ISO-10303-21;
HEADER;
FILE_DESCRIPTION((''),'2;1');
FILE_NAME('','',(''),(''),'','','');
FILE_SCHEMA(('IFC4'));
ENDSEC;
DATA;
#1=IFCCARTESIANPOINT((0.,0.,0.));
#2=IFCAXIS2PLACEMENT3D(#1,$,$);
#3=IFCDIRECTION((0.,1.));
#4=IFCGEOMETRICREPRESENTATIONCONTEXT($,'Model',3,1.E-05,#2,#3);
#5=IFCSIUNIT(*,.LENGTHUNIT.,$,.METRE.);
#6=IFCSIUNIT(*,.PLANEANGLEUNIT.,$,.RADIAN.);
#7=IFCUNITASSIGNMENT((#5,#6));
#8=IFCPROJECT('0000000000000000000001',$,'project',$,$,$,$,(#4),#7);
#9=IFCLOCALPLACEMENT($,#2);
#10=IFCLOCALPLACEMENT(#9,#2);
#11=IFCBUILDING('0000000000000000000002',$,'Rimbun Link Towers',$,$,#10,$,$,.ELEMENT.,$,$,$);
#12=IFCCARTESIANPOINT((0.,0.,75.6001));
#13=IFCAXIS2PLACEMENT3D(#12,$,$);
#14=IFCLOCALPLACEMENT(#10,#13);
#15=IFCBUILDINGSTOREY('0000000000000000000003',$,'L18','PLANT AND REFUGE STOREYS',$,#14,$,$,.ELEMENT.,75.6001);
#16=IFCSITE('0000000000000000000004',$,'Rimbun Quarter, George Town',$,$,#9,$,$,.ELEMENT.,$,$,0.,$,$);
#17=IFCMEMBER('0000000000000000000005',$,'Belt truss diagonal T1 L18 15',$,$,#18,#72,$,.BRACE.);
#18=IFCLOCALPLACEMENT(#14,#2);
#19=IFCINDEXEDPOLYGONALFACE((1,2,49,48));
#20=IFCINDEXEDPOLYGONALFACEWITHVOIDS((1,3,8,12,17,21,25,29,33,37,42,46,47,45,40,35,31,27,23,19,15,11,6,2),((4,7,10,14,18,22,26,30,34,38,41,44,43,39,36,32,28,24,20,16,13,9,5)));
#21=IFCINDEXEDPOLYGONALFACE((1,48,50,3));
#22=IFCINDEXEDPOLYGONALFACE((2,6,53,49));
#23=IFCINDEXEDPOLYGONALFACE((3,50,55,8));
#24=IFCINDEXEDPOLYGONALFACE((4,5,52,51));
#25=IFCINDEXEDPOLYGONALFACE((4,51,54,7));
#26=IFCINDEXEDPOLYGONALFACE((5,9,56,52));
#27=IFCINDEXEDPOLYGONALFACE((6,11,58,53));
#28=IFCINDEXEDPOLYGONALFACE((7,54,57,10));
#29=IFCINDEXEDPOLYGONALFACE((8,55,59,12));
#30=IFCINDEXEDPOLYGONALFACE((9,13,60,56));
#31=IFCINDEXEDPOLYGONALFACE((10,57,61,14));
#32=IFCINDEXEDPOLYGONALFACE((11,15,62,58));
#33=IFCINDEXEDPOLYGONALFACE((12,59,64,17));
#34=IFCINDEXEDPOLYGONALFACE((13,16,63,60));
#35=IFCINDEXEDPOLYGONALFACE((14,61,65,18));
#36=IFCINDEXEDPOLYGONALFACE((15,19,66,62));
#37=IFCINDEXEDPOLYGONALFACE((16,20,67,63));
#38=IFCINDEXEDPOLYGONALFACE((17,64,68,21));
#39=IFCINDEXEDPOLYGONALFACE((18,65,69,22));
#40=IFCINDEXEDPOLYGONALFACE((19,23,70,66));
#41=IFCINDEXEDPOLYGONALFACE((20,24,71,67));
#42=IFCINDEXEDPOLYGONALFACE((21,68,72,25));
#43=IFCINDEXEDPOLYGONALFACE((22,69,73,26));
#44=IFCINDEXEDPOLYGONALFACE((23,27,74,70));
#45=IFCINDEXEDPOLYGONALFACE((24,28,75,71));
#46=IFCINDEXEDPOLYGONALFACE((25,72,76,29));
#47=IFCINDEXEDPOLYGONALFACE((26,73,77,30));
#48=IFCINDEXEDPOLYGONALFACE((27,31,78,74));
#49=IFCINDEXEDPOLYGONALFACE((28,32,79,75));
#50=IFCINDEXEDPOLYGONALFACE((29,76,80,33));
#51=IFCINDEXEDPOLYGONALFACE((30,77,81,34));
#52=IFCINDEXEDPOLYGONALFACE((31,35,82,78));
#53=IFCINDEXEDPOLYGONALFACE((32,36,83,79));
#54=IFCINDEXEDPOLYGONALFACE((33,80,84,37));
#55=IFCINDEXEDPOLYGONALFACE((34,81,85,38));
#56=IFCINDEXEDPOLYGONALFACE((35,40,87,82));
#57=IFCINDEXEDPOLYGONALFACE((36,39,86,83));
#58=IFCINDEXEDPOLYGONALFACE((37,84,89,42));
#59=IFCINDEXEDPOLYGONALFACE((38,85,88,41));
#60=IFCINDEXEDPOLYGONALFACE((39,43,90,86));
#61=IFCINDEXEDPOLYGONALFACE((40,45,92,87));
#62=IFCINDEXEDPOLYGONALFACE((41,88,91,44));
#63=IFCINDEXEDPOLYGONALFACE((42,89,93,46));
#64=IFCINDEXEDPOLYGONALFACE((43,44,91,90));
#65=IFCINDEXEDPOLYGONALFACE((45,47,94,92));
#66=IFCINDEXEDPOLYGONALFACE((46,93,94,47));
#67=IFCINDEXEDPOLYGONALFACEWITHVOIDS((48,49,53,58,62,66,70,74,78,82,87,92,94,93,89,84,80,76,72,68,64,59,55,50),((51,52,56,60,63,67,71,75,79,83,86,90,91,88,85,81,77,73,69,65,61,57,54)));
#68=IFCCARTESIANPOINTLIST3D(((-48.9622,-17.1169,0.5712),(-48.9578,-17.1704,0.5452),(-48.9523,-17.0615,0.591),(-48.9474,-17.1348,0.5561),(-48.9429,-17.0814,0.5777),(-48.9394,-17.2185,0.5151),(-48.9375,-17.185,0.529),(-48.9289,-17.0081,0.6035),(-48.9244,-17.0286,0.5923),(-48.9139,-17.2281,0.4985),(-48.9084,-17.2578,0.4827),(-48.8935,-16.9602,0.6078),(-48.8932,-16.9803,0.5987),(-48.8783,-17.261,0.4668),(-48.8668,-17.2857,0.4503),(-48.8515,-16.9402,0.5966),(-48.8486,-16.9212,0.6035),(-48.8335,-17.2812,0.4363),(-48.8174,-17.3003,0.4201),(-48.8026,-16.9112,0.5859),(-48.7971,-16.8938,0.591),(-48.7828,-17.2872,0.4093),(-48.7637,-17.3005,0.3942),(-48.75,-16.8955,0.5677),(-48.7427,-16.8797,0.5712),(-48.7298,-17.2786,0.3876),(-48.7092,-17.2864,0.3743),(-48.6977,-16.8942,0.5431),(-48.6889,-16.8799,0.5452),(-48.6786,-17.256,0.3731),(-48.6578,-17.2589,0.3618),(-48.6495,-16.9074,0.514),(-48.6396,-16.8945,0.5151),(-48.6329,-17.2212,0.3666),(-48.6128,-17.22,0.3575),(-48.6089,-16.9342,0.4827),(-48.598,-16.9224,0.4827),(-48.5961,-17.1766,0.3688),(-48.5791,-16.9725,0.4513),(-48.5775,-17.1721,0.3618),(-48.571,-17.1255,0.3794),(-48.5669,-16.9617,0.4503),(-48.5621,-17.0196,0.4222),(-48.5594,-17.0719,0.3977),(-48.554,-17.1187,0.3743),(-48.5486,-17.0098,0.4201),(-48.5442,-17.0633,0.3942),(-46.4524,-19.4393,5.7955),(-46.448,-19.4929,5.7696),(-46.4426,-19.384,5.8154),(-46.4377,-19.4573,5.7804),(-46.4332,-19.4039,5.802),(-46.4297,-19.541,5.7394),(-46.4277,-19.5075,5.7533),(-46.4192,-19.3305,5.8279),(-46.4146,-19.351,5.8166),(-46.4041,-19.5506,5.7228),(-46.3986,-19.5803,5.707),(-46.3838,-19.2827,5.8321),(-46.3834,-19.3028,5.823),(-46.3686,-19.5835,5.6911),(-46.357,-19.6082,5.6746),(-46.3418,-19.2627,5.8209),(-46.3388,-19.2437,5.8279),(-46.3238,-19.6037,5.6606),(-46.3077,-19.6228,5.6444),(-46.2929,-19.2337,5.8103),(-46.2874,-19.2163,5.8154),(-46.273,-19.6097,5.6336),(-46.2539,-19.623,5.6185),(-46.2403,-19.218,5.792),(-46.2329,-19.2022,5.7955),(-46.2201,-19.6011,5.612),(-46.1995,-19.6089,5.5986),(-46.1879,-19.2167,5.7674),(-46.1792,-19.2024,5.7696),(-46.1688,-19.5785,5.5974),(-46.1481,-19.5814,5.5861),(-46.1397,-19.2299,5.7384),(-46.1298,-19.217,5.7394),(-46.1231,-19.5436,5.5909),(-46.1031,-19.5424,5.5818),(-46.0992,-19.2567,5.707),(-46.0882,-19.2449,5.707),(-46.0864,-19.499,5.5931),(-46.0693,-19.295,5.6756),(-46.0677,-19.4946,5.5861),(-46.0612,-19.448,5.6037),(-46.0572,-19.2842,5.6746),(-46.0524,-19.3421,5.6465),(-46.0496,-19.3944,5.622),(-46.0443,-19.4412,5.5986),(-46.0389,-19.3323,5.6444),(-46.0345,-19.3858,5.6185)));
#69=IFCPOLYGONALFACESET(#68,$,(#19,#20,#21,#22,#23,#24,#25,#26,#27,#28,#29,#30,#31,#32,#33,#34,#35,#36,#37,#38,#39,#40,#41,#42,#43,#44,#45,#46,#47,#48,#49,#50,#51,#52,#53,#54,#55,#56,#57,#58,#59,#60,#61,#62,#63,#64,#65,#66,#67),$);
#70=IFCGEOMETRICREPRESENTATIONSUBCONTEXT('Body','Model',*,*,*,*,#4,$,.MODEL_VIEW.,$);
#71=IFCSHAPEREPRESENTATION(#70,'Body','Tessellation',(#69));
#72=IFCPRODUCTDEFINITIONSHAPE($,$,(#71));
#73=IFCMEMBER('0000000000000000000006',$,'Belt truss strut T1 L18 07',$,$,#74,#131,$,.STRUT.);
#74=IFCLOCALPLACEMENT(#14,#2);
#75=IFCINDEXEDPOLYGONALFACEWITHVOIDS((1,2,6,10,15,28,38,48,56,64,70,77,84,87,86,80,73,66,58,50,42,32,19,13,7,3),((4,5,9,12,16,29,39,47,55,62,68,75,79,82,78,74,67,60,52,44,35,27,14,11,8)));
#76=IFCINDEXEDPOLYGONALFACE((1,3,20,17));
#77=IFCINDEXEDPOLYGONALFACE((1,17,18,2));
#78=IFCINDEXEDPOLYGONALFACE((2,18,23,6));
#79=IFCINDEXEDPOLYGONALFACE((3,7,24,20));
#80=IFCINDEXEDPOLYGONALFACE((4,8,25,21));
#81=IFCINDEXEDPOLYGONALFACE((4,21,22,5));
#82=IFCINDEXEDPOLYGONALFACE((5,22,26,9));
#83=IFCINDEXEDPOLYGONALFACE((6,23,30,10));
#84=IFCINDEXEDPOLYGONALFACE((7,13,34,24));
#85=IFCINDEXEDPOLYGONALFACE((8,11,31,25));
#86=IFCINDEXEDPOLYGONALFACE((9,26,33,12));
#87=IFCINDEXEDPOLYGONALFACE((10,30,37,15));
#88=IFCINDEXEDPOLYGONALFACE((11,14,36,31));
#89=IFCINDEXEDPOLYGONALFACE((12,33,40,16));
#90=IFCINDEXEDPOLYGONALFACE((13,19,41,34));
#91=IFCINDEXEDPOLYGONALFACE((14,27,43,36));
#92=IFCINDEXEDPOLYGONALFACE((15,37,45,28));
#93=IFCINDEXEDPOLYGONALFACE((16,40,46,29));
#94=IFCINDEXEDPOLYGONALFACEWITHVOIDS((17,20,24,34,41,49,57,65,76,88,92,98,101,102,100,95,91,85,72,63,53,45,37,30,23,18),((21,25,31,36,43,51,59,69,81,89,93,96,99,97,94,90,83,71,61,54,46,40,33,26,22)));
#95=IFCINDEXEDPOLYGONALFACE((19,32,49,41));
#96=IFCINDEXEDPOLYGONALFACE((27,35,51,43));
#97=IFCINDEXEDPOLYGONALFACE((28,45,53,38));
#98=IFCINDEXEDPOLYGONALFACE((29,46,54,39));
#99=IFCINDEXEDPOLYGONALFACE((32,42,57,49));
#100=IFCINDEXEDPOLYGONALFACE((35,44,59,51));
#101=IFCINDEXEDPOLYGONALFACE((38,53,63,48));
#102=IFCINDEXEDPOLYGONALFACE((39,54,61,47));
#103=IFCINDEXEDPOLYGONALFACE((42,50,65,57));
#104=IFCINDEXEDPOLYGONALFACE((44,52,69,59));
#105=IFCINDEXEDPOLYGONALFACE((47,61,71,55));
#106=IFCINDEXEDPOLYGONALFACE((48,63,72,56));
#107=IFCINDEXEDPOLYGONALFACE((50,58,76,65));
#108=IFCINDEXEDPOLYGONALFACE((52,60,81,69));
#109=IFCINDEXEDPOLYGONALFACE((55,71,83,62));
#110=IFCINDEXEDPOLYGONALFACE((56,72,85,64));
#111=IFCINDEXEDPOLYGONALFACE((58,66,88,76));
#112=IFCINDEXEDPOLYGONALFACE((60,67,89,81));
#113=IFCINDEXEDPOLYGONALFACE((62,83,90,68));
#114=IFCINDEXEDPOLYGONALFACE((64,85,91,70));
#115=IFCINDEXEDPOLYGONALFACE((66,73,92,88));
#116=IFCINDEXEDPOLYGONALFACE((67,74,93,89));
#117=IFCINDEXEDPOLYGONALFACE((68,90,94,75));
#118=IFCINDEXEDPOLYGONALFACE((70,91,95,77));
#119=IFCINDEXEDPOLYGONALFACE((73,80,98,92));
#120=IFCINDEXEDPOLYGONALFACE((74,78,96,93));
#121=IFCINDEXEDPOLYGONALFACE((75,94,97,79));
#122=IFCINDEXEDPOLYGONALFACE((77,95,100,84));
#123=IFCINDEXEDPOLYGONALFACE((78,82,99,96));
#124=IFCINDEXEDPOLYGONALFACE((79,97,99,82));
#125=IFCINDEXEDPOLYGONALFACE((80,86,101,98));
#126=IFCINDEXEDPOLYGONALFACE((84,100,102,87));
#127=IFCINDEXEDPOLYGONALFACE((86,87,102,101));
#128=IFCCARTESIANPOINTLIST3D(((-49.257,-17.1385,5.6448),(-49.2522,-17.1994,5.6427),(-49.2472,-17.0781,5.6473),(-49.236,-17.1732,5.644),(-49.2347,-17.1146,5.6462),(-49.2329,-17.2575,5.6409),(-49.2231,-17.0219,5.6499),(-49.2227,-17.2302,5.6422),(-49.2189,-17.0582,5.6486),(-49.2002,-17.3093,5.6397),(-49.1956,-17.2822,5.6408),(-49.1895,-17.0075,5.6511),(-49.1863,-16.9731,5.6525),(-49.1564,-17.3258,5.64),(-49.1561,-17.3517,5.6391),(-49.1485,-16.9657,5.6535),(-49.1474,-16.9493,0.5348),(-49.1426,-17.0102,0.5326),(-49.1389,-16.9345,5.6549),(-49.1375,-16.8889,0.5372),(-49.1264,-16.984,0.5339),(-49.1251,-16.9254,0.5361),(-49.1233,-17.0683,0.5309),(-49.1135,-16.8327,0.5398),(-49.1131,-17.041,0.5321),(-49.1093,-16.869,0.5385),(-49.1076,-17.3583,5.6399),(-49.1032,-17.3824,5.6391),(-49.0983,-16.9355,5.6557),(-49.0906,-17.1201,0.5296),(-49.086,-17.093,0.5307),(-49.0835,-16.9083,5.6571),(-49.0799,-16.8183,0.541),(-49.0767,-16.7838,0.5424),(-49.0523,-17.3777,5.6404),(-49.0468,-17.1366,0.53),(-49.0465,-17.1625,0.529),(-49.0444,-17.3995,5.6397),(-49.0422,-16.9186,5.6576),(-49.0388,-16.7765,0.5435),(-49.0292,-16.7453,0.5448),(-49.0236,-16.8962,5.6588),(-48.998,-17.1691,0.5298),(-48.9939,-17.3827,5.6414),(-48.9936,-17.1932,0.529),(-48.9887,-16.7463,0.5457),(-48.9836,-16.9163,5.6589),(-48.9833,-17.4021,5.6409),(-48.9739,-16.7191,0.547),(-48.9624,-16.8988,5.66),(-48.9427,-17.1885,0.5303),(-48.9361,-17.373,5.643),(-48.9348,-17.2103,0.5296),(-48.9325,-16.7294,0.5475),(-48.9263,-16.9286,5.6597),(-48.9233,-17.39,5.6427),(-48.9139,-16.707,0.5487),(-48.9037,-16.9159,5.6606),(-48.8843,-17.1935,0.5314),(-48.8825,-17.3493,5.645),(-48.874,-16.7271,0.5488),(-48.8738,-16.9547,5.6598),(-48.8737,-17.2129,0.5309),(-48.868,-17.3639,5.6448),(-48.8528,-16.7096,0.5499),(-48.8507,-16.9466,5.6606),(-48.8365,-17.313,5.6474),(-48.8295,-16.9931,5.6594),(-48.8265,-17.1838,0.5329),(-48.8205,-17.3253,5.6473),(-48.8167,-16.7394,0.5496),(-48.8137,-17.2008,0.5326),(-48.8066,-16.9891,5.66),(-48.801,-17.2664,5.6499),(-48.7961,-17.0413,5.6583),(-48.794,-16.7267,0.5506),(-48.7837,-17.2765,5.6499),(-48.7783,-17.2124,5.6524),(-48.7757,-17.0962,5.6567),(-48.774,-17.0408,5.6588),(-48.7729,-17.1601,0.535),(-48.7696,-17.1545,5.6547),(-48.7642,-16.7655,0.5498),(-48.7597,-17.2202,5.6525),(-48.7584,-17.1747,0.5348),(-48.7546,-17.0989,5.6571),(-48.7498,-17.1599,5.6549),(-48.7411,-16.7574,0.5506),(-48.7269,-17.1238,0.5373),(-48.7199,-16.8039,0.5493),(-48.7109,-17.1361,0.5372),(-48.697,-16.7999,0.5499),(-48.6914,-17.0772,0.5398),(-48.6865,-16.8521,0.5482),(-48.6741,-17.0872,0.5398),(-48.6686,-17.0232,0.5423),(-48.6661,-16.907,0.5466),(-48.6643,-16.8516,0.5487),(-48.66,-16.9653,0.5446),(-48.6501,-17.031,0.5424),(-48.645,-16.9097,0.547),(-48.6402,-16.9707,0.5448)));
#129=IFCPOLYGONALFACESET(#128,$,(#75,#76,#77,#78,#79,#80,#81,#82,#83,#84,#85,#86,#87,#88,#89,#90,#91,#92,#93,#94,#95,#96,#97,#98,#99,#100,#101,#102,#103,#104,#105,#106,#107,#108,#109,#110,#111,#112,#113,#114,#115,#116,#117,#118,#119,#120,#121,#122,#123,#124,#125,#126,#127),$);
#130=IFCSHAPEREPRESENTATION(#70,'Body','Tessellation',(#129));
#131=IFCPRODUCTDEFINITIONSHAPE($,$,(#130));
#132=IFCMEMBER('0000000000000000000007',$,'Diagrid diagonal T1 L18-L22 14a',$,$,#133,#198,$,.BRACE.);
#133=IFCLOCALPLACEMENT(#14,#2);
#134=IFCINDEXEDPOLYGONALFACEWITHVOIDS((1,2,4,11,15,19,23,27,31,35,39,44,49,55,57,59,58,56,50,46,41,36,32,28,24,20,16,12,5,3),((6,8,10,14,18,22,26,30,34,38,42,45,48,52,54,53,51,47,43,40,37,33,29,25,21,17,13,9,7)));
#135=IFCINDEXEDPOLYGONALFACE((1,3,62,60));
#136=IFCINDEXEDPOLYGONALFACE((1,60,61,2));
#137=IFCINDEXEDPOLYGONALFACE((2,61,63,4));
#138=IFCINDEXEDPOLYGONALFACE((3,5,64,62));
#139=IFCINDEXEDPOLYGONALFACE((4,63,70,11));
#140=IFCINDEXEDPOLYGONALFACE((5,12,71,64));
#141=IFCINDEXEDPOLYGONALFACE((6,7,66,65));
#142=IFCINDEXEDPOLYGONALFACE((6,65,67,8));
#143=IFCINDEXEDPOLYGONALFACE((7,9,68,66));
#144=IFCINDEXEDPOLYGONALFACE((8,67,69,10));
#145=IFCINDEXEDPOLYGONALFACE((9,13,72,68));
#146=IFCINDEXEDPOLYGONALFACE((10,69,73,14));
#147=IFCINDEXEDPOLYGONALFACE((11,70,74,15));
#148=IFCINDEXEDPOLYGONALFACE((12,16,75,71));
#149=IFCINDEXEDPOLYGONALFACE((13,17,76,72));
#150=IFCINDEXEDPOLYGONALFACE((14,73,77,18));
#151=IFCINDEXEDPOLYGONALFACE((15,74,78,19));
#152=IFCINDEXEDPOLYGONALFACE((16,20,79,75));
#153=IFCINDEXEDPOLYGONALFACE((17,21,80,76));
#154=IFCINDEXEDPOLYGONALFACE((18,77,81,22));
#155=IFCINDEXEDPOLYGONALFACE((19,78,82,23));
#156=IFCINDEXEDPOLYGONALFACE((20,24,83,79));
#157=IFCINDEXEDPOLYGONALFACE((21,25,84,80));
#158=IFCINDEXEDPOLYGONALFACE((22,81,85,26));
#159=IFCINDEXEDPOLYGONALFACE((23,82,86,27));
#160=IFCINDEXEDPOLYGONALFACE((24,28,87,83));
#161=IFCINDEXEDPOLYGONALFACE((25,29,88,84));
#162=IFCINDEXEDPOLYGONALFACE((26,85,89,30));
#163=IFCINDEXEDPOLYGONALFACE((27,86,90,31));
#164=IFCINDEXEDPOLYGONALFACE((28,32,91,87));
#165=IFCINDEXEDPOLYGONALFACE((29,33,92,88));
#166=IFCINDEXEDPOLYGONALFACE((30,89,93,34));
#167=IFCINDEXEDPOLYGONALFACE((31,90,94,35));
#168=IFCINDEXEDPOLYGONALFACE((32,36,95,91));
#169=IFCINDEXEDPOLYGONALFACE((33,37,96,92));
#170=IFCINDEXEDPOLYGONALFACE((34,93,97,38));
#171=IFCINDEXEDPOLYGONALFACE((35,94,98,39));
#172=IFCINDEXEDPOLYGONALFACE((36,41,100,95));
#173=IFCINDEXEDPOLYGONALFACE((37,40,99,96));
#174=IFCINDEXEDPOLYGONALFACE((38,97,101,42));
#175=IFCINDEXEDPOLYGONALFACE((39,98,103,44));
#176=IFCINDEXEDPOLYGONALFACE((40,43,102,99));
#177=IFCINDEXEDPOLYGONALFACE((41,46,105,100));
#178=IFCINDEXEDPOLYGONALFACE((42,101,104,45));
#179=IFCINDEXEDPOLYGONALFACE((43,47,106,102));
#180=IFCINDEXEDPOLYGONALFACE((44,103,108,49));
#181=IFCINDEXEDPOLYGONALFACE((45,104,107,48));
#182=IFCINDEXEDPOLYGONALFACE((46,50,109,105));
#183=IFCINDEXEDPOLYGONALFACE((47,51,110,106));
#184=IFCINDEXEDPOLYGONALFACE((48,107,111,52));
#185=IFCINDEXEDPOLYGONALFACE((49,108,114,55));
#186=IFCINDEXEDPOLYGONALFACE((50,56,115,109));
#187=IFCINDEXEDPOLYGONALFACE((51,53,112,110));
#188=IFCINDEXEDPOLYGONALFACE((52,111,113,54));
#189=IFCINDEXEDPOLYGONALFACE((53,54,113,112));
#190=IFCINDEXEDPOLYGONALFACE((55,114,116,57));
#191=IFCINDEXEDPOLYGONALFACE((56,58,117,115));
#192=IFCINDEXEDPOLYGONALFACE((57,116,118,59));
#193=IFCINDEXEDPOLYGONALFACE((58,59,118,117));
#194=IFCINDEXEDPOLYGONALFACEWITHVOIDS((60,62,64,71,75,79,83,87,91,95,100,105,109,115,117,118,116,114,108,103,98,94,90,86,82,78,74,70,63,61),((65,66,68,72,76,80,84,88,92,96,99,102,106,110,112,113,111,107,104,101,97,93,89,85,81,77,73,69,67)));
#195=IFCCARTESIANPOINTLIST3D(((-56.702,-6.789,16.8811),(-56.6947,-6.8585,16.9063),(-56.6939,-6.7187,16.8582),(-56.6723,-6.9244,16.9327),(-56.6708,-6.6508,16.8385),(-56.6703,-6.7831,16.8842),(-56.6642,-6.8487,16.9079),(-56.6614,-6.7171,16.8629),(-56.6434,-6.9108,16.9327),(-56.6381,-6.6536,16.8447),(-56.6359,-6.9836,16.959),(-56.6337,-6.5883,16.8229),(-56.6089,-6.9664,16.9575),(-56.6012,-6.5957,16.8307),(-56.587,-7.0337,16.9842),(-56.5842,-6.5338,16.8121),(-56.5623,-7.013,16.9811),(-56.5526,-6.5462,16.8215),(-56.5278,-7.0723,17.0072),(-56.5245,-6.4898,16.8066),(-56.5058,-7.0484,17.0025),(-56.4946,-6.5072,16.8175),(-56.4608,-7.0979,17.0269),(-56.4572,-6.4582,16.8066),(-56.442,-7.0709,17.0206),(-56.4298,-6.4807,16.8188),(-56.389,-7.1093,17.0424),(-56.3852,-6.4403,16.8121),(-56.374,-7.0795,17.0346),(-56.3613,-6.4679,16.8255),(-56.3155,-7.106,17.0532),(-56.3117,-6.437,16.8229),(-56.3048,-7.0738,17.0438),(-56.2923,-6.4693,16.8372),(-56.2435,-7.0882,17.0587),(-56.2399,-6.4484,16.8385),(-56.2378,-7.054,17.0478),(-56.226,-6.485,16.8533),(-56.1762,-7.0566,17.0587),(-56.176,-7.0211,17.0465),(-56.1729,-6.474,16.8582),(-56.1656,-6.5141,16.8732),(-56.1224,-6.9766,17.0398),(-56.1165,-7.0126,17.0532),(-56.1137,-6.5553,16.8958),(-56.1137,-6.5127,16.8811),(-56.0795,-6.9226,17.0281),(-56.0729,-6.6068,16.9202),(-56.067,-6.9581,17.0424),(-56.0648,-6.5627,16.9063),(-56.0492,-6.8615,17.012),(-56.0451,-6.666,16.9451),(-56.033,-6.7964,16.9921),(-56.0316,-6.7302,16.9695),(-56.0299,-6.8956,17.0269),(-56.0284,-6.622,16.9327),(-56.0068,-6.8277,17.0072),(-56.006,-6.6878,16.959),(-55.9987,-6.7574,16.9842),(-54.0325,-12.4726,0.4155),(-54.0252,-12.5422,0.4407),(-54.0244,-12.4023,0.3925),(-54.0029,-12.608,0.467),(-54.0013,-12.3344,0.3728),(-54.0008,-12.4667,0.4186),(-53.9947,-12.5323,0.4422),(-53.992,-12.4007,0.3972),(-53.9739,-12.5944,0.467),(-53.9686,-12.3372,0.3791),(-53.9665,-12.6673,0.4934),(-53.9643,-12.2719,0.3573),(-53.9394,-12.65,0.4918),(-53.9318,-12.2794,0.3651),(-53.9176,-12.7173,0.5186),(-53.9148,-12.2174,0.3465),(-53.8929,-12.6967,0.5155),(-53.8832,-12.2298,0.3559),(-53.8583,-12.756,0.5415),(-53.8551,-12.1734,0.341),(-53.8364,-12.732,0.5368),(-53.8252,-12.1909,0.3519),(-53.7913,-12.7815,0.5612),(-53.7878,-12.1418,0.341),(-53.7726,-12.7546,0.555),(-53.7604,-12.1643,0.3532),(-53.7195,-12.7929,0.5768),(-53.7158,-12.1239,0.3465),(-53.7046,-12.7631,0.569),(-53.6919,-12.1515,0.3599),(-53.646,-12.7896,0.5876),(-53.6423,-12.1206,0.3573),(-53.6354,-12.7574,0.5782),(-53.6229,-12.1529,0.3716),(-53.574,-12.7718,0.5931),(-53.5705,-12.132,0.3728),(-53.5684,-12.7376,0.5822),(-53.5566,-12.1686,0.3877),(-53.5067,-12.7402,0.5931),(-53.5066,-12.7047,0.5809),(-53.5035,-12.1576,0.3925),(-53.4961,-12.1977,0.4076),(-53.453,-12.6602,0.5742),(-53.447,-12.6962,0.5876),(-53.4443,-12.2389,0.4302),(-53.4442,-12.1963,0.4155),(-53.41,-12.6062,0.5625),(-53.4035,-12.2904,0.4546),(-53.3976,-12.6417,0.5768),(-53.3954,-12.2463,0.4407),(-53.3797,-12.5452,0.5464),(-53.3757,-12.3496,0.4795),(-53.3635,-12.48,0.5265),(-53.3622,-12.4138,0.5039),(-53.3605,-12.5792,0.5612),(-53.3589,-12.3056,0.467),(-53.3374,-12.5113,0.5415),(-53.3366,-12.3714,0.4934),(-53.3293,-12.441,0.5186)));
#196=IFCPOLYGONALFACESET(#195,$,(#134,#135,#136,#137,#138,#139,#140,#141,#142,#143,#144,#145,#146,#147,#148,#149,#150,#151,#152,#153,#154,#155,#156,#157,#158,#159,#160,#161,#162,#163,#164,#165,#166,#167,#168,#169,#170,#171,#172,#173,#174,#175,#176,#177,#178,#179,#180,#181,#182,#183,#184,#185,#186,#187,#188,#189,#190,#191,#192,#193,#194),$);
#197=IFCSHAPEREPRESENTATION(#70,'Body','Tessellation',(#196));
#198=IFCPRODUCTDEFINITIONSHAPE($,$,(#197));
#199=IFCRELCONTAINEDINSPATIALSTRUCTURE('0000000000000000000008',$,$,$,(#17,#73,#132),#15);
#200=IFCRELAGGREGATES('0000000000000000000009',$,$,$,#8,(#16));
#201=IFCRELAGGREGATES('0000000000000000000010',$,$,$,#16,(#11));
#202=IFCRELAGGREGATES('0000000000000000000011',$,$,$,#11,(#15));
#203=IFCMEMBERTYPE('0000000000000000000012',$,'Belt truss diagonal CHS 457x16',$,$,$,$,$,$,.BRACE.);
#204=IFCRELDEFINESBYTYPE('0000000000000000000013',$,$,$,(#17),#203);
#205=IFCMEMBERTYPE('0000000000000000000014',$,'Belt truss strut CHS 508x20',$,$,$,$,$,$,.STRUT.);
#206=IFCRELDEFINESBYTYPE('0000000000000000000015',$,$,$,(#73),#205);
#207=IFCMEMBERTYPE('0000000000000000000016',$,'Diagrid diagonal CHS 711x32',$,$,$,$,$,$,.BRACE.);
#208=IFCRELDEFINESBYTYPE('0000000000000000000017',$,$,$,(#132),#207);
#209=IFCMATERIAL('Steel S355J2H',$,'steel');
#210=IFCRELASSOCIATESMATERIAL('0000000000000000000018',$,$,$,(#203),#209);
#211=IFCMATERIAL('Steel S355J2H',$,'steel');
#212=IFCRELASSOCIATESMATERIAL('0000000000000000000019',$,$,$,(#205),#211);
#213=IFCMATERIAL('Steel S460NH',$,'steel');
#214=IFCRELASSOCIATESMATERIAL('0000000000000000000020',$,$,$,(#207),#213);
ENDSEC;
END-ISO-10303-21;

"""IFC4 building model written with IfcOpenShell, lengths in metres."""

from ifc_helpers import new_model, si_unit, direction, frame, origin, origin_2d, place, context, subcontext, project, spatial, hollow_circle, extrude, material, material_profile, profile_set, type_object, element, save


model = new_model("IFC4")

# Units and contexts
model_context = context("Model", 3, precision=1e-05, world=origin(), true_north=direction((0.0, 1.0)))
body_context = subcontext(model_context, "Body", "Model", "MODEL_VIEW")
ifc_project = project(units=[si_unit("LENGTHUNIT", "METRE"), si_unit("PLANEANGLEUNIT", "RADIAN")], contexts=[model_context])

# Site, building, storey
site_placement = place(None, origin())
site = spatial("IfcSite", under=ifc_project, at=site_placement, Name="Rimbun Quarter, George Town", CompositionType="ELEMENT", RefElevation=0.0)
building_placement = place(site_placement, origin())
building = spatial("IfcBuilding", under=site, at=building_placement, Name="Rimbun Link Towers", CompositionType="ELEMENT")
storey_placement = place(building_placement, frame((0.0, 0.0, 75.6001)))
storey = spatial("IfcBuildingStorey", under=building, at=storey_placement, Name="L18", Description="PLANT AND REFUGE STOREYS", CompositionType="ELEMENT", Elevation=75.6001)

# Members
ifc_material_1 = material(Name="Steel S355J2H", Category="steel")
ifc_material_profile_1 = material_profile(ifc_material_1, hollow_circle(Radius=0.2285, WallThickness=0.0161, at=origin_2d()), Name="Belt truss diagonal CHS 457x16")
ifc_profile_set_1 = profile_set([ifc_material_profile_1], Name="Steel S355J2H")
member_type_1 = type_object("IfcMemberType", Name="Belt truss diagonal CHS 457x16", PredefinedType="BRACE", material=ifc_profile_set_1)
member_1_placement = place(storey_placement, frame((-48.7532, -17.0901, 0.4827), z_axis=(0.401951, -0.371961, 0.836708), x_axis=(0.679196, 0.733957, 0.0)))
element("IfcMember", 1, at=member_1_placement, inside=storey, type_object=member_type_1, Name="Belt truss diagonal T1 L18 15", PredefinedType="BRACE", context=body_context, shape_type="SweptSolid", body=[
    extrude(hollow_circle(Radius=0.2285, WallThickness=0.0161, at=origin_2d()), origin(), (0.0, 0.0, 1.0), 6.2439),
])
ifc_material_2 = material(Name="Steel S355J2H", Category="steel")
ifc_material_profile_2 = material_profile(ifc_material_2, hollow_circle(Radius=0.2539, WallThickness=0.02, at=origin_2d()), Name="Belt truss strut CHS 508x20")
ifc_profile_set_2 = profile_set([ifc_material_profile_2], Name="Steel S355J2H")
member_type_2 = type_object("IfcMemberType", Name="Belt truss strut CHS 508x20", PredefinedType="STRUT", material=ifc_profile_set_2)
member_2_placement = place(storey_placement, frame((-48.8938, -16.96, 0.5398), z_axis=(-0.021432, -0.036993, 0.999086), x_axis=(0.865273, -0.5013, 0.0)))
element("IfcMember", 2, at=member_2_placement, inside=storey, type_object=member_type_2, Name="Belt truss strut T1 L18 07", PredefinedType="STRUT", context=body_context, shape_type="SweptSolid", body=[
    extrude(hollow_circle(Radius=0.2539, WallThickness=0.02, at=origin_2d()), origin(), (0.0, 0.0, 1.0), 5.1147),
])
ifc_material_3 = material(Name="Steel S460NH", Category="steel")
ifc_material_profile_3 = material_profile(ifc_material_3, hollow_circle(Radius=0.3557, WallThickness=0.032, at=origin_2d()), Name="Diagrid diagonal CHS 711x32")
ifc_profile_set_3 = profile_set([ifc_material_profile_3], Name="Steel S460NH")
member_type_3 = type_object("IfcMemberType", Name="Diagrid diagonal CHS 711x32", PredefinedType="BRACE", material=ifc_profile_set_3)
member_3_placement = place(storey_placement, frame((-53.6809, -12.4568, 0.467), z_axis=(-0.151481, 0.322523, 0.934362), x_axis=(-0.905137, -0.425119, 0.0)))
element("IfcMember", 3, at=member_3_placement, inside=storey, type_object=member_type_3, Name="Diagrid diagonal T1 L18-L22 14a", PredefinedType="BRACE", context=body_context, shape_type="SweptSolid", body=[
    extrude(hollow_circle(Radius=0.3557, WallThickness=0.032, at=origin_2d()), origin(), (0.0, 0.0, 1.0), 17.6223),
])

save(model, "model.ifc")
